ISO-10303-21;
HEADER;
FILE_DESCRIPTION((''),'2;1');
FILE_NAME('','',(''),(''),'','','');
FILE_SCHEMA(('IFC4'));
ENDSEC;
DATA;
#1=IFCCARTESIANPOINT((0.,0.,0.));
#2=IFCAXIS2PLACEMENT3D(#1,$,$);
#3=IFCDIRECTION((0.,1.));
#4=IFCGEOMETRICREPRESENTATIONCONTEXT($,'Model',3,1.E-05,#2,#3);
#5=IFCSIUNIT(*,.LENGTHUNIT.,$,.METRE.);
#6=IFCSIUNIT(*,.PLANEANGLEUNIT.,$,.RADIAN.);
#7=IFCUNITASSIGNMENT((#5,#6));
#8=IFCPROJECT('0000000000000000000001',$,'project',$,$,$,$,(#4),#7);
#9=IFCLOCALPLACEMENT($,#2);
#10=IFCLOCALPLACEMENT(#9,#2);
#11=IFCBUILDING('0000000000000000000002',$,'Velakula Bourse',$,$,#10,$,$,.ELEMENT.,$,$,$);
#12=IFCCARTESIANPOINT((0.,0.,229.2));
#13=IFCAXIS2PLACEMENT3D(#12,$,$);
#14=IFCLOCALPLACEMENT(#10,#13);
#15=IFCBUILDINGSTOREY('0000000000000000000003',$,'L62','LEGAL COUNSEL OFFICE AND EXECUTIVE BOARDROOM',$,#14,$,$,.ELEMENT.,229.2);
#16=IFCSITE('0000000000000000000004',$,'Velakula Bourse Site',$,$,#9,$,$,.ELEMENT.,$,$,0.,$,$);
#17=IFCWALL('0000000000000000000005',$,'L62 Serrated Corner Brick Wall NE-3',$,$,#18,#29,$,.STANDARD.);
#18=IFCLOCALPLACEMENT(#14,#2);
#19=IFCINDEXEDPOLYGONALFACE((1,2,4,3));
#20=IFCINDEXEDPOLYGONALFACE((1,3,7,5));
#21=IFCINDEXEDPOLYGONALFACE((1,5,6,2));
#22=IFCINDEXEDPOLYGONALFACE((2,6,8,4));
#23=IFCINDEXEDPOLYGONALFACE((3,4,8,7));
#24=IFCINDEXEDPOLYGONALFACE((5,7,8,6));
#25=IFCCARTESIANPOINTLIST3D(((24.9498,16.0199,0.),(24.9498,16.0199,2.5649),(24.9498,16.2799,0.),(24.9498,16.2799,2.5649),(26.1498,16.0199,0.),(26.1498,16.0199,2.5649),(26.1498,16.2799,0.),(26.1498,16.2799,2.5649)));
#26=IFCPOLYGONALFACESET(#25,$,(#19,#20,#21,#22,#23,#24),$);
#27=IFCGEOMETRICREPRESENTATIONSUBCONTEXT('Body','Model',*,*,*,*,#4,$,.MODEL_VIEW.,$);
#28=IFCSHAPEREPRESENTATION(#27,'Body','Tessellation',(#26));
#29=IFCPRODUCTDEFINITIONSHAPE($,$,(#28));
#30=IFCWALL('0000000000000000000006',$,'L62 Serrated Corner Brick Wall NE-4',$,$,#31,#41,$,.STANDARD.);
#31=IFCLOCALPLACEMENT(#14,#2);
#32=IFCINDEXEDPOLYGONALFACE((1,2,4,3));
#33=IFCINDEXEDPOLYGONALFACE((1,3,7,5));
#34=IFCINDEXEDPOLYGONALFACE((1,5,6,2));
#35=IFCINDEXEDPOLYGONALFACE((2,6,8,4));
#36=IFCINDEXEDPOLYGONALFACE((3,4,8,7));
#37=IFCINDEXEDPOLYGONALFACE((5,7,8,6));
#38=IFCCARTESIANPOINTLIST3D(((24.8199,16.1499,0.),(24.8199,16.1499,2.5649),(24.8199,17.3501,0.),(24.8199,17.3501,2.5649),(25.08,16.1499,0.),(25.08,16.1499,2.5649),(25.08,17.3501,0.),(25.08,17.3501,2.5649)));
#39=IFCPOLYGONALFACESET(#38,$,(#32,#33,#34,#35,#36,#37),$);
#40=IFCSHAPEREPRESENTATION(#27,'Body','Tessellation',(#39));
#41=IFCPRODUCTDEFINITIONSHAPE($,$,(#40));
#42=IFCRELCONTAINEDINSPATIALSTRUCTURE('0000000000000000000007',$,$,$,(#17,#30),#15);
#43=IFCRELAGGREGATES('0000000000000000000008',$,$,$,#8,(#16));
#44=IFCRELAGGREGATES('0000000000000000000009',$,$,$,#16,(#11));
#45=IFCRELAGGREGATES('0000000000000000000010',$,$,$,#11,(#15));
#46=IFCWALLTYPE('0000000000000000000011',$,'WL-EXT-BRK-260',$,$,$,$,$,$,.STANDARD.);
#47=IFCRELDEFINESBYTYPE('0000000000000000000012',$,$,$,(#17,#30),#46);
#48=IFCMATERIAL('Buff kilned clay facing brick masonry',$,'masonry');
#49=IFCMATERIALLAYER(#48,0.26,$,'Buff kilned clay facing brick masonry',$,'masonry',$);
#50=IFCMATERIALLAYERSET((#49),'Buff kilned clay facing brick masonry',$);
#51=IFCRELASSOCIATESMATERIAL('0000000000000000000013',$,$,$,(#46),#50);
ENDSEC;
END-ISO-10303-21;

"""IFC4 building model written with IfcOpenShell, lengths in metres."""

from ifc_helpers import new_model, si_unit, direction, frame, frame_2d, origin, place, context, subcontext, project, spatial, rectangle, extrude, material, layer, layer_set, type_object, element, save


model = new_model("IFC4")

# Units and contexts
model_context = context("Model", 3, precision=1e-05, world=origin(), true_north=direction((0.0, 1.0)))
body_context = subcontext(model_context, "Body", "Model", "MODEL_VIEW")
ifc_project = project(units=[si_unit("LENGTHUNIT", "METRE"), si_unit("PLANEANGLEUNIT", "RADIAN")], contexts=[model_context])

# Site, building, storey
site_placement = place(None, origin())
site = spatial("IfcSite", under=ifc_project, at=site_placement, Name="Velakula Bourse Site", CompositionType="ELEMENT", RefElevation=0.0)
building_placement = place(site_placement, origin())
building = spatial("IfcBuilding", under=site, at=building_placement, Name="Velakula Bourse", CompositionType="ELEMENT")
storey_placement = place(building_placement, frame((0.0, 0.0, 229.2)))
storey = spatial("IfcBuildingStorey", under=building, at=storey_placement, Name="L62", Description="LEGAL COUNSEL OFFICE AND EXECUTIVE BOARDROOM", CompositionType="ELEMENT", Elevation=229.2)

# Shared definitions
ifc_material_1 = material(Name="Buff kilned clay facing brick masonry", Category="masonry")
ifc_layer = layer(ifc_material_1, 0.26, Name="Buff kilned clay facing brick masonry", Category="masonry")
ifc_layer_set = layer_set([ifc_layer], Name="Buff kilned clay facing brick masonry")
wall_type = type_object("IfcWallType", Name="WL-EXT-BRK-260", PredefinedType="STANDARD", material=ifc_layer_set)

# Walls
for number, where, z_axis, x_axis, name in (
    (1, (26.1499, 16.1499, 0.0), (0.0, 0.0, 1.0), (-1.0, 0.0, 0.0), "L62 Serrated Corner Brick Wall NE-3"),
):
    element("IfcWall", number, at=place(storey_placement, frame(where, z_axis=z_axis, x_axis=x_axis)), inside=storey, type_object=wall_type, Name=name, PredefinedType="STANDARD", context=body_context, shape_type="SweptSolid", body=[
        extrude(rectangle(XDim=1.2, YDim=0.26, at=frame_2d((0.6001, 0.0))), origin(), (0.0, 0.0, 1.0), 2.5649),
    ])
wall_1_placement = place(storey_placement, frame((24.95, 16.1499, 0.0), z_axis=(0.0, 0.0, 1.0), x_axis=(0.0, 1.0, 0.0)))
element("IfcWall", 2, at=wall_1_placement, inside=storey, type_object=wall_type, Name="L62 Serrated Corner Brick Wall NE-4", PredefinedType="STANDARD", context=body_context, shape_type="SweptSolid", body=[
    extrude(rectangle(XDim=1.2002, YDim=0.26, at=frame_2d((0.6001, 0.0))), origin(), (0.0, 0.0, 1.0), 2.5649),
])

save(model, "model.ifc")
